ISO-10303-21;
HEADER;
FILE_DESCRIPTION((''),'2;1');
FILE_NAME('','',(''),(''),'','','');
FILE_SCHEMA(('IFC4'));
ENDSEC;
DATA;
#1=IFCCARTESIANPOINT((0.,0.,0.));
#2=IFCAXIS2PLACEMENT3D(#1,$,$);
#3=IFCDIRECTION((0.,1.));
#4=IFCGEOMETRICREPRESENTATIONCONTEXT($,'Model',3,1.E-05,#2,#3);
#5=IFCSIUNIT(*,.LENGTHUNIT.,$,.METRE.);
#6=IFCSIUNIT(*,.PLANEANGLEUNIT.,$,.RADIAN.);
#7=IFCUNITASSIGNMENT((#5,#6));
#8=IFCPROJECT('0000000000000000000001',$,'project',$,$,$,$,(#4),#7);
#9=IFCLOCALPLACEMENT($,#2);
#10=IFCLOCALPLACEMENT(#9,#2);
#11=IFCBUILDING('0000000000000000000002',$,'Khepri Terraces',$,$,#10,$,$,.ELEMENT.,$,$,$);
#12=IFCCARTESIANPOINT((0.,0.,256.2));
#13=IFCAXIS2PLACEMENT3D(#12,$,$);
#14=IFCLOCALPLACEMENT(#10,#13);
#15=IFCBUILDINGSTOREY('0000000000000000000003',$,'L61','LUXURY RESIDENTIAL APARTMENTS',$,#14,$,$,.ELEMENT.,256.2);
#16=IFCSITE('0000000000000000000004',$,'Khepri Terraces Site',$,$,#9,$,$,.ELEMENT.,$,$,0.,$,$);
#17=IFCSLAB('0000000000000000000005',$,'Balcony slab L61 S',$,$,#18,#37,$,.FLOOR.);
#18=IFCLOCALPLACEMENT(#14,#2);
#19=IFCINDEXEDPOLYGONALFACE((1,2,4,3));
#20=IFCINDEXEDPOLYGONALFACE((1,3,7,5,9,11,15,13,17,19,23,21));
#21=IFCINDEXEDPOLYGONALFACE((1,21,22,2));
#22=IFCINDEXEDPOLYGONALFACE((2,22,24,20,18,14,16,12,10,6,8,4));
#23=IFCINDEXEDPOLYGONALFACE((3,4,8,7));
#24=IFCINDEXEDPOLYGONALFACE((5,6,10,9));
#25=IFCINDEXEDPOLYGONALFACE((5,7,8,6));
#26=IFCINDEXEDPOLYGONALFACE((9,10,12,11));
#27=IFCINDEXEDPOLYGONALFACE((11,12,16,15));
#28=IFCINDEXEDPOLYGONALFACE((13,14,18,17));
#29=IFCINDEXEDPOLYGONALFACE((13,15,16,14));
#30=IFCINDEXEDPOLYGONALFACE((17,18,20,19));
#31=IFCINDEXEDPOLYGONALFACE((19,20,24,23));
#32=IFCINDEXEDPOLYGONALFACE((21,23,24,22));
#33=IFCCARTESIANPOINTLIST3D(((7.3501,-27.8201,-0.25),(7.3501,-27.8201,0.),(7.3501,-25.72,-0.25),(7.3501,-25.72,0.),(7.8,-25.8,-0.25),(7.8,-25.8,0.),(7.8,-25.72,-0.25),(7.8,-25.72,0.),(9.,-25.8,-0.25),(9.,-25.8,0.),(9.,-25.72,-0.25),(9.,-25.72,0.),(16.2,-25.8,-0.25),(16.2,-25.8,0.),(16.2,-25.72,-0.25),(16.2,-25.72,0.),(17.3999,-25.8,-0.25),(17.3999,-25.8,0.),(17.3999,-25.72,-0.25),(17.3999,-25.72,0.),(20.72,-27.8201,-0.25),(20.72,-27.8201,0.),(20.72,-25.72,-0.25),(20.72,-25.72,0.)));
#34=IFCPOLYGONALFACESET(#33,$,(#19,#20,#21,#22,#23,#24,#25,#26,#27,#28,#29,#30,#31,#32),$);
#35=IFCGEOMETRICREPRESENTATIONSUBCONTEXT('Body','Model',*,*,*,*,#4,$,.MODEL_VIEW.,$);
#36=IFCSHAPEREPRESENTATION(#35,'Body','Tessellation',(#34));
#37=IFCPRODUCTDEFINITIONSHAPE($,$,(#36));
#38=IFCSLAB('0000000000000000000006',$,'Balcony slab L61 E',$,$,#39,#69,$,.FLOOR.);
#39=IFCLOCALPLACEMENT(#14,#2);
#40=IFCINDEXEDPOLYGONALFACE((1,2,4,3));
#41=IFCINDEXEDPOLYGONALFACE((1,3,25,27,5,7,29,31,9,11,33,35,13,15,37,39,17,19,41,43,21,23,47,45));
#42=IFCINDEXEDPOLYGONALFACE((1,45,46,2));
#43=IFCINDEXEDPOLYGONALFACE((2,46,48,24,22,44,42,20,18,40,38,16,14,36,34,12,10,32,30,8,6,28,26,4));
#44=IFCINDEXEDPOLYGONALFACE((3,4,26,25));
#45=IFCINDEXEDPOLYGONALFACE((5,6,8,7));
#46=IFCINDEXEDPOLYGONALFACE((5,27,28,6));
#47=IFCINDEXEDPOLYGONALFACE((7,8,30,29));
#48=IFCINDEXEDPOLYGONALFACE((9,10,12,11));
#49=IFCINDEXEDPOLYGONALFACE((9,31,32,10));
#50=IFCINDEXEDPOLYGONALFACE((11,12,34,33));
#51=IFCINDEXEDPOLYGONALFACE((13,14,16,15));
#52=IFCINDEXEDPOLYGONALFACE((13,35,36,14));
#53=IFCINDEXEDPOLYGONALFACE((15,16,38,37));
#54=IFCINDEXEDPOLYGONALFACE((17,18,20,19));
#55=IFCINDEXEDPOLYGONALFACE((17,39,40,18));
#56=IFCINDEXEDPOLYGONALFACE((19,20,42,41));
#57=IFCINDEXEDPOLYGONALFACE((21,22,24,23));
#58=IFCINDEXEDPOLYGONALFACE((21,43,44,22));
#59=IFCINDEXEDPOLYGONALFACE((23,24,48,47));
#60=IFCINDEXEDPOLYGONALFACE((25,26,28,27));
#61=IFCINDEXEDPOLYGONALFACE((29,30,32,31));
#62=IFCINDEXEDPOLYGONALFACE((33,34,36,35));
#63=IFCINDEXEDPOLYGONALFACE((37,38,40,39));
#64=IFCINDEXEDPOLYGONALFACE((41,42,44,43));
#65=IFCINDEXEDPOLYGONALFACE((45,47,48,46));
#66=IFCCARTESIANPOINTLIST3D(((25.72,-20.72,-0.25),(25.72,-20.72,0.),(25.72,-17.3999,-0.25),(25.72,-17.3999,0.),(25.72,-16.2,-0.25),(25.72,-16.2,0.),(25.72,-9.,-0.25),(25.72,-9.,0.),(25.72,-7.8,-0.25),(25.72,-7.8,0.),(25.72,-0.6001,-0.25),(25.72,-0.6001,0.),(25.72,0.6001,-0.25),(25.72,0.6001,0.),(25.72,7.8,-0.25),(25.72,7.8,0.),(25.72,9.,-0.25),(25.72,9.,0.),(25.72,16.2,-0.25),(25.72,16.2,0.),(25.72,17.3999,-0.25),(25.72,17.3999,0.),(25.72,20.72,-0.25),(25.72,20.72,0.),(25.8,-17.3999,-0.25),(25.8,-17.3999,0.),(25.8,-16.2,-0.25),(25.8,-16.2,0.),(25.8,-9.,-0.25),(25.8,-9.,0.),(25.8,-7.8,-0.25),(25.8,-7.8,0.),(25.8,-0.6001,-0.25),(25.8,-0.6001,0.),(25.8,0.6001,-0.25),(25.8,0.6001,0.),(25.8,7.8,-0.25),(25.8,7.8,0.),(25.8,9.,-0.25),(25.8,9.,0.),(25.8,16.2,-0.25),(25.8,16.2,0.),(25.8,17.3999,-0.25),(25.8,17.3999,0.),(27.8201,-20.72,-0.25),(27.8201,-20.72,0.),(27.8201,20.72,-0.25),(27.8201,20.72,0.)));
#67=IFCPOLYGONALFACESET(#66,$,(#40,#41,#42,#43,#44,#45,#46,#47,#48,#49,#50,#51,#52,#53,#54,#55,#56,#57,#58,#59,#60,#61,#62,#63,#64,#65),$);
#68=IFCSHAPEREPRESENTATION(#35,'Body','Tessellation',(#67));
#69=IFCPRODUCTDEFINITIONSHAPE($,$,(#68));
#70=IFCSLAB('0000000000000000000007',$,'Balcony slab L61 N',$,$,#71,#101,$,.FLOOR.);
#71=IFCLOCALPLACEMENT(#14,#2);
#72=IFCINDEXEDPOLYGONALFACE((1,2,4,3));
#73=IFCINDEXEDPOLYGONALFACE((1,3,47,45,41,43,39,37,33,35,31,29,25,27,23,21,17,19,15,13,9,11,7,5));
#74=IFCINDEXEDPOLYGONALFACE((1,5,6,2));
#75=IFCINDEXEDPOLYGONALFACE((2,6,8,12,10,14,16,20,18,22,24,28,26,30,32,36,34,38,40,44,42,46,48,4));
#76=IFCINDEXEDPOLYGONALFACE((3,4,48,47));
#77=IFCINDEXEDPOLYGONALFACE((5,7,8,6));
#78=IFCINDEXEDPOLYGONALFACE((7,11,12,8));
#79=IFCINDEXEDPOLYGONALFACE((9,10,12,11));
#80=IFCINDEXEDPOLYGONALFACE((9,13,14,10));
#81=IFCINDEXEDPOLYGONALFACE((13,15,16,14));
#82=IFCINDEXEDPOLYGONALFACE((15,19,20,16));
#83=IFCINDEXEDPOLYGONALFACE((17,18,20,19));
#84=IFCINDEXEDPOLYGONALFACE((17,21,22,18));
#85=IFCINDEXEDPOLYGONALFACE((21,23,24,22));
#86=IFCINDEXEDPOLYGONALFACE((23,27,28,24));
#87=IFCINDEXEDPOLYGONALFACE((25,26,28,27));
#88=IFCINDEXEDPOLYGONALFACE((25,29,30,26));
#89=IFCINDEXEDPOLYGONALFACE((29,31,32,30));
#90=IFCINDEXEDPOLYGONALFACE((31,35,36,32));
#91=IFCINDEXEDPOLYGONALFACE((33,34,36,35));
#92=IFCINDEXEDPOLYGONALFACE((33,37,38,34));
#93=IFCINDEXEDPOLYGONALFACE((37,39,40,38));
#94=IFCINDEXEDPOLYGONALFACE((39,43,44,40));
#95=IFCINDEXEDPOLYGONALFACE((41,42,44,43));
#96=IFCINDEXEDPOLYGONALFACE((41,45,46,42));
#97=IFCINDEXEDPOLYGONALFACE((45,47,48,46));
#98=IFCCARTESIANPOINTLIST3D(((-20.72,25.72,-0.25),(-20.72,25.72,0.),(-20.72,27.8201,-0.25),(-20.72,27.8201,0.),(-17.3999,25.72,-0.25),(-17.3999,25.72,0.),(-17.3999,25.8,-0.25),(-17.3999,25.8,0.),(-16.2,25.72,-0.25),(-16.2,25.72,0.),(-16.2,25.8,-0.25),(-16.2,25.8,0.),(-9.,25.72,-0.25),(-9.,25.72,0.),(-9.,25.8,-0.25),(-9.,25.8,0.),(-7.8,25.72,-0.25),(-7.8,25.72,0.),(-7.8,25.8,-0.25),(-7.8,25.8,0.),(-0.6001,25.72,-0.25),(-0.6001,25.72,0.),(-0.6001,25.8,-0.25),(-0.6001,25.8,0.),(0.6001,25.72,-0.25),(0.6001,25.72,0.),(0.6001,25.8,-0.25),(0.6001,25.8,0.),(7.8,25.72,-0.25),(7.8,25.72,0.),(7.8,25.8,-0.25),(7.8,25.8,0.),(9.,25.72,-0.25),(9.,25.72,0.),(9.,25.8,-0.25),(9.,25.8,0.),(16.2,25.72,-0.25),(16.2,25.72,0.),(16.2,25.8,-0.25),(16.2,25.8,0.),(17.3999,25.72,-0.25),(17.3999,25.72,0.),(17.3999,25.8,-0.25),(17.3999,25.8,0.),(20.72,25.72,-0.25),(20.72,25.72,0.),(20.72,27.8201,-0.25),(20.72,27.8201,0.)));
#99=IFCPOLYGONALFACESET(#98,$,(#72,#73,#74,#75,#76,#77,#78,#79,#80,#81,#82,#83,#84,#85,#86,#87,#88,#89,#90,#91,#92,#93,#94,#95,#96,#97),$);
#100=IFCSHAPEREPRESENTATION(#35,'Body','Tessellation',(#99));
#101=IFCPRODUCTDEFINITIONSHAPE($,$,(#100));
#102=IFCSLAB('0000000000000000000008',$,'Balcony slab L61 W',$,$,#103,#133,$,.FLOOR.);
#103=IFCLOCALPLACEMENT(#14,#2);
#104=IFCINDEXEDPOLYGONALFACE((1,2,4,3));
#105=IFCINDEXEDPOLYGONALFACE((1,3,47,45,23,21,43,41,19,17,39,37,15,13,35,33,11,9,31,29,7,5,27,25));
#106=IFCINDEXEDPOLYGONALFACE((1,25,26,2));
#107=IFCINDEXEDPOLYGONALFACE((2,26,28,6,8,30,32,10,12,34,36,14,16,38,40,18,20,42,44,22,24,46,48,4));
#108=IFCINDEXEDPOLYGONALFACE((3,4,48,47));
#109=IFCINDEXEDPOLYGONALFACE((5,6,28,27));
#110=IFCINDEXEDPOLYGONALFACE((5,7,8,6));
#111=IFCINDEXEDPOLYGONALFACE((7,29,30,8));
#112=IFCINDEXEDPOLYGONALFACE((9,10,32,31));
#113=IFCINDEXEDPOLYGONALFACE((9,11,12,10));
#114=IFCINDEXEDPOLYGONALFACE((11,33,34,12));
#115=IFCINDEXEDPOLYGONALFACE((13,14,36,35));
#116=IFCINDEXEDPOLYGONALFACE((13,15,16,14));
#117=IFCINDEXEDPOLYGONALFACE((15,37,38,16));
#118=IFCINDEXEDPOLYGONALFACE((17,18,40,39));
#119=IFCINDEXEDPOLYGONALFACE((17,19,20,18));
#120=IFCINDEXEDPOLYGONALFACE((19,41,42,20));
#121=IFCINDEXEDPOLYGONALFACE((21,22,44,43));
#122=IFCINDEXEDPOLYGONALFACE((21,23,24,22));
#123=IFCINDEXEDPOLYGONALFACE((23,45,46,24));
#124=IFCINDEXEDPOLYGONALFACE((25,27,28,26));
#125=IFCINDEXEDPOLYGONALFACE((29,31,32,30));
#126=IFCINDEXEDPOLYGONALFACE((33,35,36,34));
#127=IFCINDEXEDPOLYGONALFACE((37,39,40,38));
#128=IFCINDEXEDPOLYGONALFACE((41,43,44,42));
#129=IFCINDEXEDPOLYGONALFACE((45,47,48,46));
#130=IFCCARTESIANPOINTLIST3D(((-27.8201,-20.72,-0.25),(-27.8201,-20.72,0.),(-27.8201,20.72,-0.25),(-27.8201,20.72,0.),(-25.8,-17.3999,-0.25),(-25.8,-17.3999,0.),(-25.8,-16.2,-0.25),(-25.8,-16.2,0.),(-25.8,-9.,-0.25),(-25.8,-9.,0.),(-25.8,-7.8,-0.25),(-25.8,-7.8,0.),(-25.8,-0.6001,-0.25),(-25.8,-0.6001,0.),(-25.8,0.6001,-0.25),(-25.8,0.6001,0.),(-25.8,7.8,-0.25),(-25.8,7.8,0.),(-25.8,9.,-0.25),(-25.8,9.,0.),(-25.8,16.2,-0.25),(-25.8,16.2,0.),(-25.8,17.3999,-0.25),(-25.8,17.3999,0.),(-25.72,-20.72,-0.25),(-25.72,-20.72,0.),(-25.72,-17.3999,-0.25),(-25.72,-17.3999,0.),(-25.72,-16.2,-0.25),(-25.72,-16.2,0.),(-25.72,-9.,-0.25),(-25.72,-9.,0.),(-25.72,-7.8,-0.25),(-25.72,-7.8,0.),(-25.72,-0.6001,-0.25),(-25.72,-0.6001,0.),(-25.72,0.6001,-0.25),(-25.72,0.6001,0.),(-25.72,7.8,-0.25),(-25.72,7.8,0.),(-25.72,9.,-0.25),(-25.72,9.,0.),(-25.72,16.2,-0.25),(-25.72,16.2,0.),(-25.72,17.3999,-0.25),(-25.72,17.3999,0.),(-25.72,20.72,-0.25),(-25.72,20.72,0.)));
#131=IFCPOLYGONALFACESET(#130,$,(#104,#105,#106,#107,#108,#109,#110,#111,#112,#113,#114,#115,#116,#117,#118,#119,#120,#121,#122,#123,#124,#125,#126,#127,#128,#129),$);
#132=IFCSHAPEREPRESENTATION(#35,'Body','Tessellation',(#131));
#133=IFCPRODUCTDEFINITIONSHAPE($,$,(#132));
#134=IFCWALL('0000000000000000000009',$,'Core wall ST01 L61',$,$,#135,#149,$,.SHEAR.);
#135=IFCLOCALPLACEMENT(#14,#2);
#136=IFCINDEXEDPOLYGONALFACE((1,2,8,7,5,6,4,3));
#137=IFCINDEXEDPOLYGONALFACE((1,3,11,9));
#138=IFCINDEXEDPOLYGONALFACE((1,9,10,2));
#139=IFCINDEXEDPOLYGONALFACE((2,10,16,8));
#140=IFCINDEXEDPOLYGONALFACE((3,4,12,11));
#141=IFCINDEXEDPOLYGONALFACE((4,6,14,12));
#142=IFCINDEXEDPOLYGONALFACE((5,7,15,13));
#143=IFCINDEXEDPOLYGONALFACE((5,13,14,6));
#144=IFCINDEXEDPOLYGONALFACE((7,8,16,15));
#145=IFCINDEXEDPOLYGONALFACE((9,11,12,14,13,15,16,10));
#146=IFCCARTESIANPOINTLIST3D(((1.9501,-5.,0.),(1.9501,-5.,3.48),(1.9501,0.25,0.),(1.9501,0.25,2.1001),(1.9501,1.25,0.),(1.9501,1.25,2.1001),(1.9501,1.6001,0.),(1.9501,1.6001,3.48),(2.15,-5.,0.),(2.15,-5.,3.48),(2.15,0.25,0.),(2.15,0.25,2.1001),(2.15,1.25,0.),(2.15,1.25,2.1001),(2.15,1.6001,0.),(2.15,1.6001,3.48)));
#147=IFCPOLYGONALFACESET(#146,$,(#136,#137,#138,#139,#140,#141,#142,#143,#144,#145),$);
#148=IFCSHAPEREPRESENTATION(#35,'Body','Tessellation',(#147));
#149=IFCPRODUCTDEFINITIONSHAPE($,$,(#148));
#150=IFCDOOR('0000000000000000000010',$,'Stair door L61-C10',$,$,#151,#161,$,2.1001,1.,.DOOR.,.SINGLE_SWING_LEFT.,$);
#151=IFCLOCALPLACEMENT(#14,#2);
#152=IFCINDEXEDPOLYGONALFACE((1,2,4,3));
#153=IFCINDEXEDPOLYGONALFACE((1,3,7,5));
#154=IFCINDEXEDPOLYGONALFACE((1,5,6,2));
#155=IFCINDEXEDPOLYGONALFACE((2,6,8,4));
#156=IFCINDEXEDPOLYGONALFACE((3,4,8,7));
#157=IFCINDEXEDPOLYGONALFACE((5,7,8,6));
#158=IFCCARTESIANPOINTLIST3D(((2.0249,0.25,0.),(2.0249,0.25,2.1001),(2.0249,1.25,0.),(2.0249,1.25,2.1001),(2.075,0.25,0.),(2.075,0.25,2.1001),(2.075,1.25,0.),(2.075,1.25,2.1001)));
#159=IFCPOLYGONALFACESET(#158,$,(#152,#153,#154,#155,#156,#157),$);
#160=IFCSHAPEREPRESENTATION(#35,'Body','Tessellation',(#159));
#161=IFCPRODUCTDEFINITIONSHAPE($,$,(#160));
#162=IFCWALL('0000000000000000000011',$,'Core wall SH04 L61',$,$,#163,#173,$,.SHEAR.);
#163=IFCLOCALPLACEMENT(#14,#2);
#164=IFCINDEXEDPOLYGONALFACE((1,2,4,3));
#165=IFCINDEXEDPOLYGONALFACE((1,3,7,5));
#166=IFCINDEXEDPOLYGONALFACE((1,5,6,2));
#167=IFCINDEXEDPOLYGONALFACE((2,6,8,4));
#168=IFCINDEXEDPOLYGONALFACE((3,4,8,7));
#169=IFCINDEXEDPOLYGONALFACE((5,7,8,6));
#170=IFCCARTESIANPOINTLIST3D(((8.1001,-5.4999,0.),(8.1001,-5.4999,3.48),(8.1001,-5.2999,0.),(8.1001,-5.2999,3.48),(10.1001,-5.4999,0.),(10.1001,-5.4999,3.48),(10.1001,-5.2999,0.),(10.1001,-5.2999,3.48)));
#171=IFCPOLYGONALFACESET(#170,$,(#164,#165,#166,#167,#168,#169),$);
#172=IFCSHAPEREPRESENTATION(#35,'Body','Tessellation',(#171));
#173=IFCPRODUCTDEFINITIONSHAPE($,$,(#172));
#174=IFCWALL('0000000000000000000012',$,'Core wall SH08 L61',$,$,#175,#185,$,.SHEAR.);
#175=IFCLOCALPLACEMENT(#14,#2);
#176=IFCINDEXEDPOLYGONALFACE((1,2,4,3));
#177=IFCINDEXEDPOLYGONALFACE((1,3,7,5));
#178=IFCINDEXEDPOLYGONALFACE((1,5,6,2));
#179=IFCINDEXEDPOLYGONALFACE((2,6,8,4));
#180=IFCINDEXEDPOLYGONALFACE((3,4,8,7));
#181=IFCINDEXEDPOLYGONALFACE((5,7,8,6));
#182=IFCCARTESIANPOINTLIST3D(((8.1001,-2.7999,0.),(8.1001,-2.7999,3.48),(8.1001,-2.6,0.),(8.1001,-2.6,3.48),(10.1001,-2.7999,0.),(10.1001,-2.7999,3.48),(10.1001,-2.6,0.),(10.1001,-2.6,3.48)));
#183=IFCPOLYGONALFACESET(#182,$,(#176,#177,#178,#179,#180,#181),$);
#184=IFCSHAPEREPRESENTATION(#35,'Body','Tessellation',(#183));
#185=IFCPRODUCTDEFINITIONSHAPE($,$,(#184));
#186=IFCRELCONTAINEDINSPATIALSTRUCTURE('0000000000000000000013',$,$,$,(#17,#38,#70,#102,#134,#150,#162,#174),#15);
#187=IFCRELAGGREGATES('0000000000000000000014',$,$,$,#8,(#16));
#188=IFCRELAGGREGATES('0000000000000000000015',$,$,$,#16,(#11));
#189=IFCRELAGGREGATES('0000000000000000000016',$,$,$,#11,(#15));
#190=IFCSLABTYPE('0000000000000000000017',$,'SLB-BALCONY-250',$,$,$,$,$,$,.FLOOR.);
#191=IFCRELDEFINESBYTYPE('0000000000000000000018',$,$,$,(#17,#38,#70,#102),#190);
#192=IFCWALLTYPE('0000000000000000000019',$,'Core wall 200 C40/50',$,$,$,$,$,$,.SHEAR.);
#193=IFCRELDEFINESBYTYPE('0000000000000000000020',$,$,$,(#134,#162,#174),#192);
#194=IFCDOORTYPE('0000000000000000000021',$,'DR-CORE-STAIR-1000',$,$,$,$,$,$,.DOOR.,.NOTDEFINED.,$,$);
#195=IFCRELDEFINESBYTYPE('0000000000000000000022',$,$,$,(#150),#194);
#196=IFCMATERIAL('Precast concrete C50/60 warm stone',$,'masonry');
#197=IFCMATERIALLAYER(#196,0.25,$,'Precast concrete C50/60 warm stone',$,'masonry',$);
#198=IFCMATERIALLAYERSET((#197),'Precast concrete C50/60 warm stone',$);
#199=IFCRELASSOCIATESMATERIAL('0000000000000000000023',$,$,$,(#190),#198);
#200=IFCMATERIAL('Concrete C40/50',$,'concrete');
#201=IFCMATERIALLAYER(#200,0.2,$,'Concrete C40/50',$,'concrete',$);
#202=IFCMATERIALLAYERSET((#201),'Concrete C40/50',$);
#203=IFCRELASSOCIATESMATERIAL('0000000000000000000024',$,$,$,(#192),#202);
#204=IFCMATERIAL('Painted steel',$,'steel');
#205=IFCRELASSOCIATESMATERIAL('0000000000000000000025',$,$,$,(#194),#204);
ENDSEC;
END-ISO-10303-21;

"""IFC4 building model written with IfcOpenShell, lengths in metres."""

from ifc_helpers import new_model, si_unit, direction, frame, frame_2d, origin, place, context, subcontext, project, spatial, polyline, rectangle, outline, extrude, material, layer, layer_set, type_object, element, fill, save


model = new_model("IFC4")

# Units and contexts
model_context = context("Model", 3, precision=1e-05, world=origin(), true_north=direction((0.0, 1.0)))
body_context = subcontext(model_context, "Body", "Model", "MODEL_VIEW")
ifc_project = project(units=[si_unit("LENGTHUNIT", "METRE"), si_unit("PLANEANGLEUNIT", "RADIAN")], contexts=[model_context])

# Site, building, storey
site_placement = place(None, origin())
site = spatial("IfcSite", under=ifc_project, at=site_placement, Name="Khepri Terraces Site", CompositionType="ELEMENT", RefElevation=0.0)
building_placement = place(site_placement, origin())
building = spatial("IfcBuilding", under=site, at=building_placement, Name="Khepri Terraces", CompositionType="ELEMENT")
storey_placement = place(building_placement, frame((0.0, 0.0, 256.2)))
storey = spatial("IfcBuildingStorey", under=building, at=storey_placement, Name="L61", Description="LUXURY RESIDENTIAL APARTMENTS", CompositionType="ELEMENT", Elevation=256.2)

# Slabs
ifc_material_1 = material(Name="Precast concrete C50/60 warm stone", Category="masonry")
ifc_layer_1 = layer(ifc_material_1, 0.25, Name="Precast concrete C50/60 warm stone", Category="masonry")
ifc_layer_set_1 = layer_set([ifc_layer_1], Name="Precast concrete C50/60 warm stone")
slab_type = type_object("IfcSlabType", Name="SLB-BALCONY-250", PredefinedType="FLOOR", material=ifc_layer_set_1)
slab_1_placement = place(storey_placement, frame((0.0, 0.0, -0.25)))
element("IfcSlab", 1, at=slab_1_placement, inside=storey, type_object=slab_type, Name="Balcony slab L61 S", PredefinedType="FLOOR", context=body_context, shape_type="SweptSolid", body=[
    extrude(outline(polyline([(7.8, -25.72), (7.3501, -25.72), (7.3501, -27.8201), (20.72, -27.8201), (20.72, -25.72), (17.3999, -25.72), (17.3999, -25.8), (16.2, -25.8), (16.2, -25.72), (9.0, -25.72), (9.0, -25.8), (7.8, -25.8), (7.8, -25.72)])), origin(), (0.0, 0.0, 1.0), 0.25),
])
slab_2_placement = place(storey_placement, frame((0.0, 0.0, -0.25)))
element("IfcSlab", 2, at=slab_2_placement, inside=storey, type_object=slab_type, Name="Balcony slab L61 E", PredefinedType="FLOOR", context=body_context, shape_type="SweptSolid", body=[
    extrude(outline(polyline([(25.72, -17.3999), (25.72, -20.72), (27.8201, -20.72), (27.8201, 20.72), (25.72, 20.72), (25.72, 17.3999), (25.8, 17.3999), (25.8, 16.2), (25.72, 16.2), (25.72, 9.0), (25.8, 9.0), (25.8, 7.8), (25.72, 7.8), (25.72, 0.6001), (25.8, 0.6001), (25.8, -0.6001), (25.72, -0.6001), (25.72, -7.8), (25.8, -7.8), (25.8, -9.0), (25.72, -9.0), (25.72, -16.2), (25.8, -16.2), (25.8, -17.3999), (25.72, -17.3999)])), origin(), (0.0, 0.0, 1.0), 0.25),
])
slab_3_placement = place(storey_placement, frame((0.0, 0.0, -0.25)))
element("IfcSlab", 3, at=slab_3_placement, inside=storey, type_object=slab_type, Name="Balcony slab L61 N", PredefinedType="FLOOR", context=body_context, shape_type="SweptSolid", body=[
    extrude(outline(polyline([(17.3999, 25.72), (20.72, 25.72), (20.72, 27.8201), (-20.72, 27.8201), (-20.72, 25.72), (-17.3999, 25.72), (-17.3999, 25.8), (-16.2, 25.8), (-16.2, 25.72), (-9.0, 25.72), (-9.0, 25.8), (-7.8, 25.8), (-7.8, 25.72), (-0.6001, 25.72), (-0.6001, 25.8), (0.6001, 25.8), (0.6001, 25.72), (7.8, 25.72), (7.8, 25.8), (9.0, 25.8), (9.0, 25.72), (16.2, 25.72), (16.2, 25.8), (17.3999, 25.8), (17.3999, 25.72)])), origin(), (0.0, 0.0, 1.0), 0.25),
])
slab_4_placement = place(storey_placement, frame((0.0, 0.0, -0.25)))
element("IfcSlab", 4, at=slab_4_placement, inside=storey, type_object=slab_type, Name="Balcony slab L61 W", PredefinedType="FLOOR", context=body_context, shape_type="SweptSolid", body=[
    extrude(outline(polyline([(-25.72, 17.3999), (-25.72, 20.72), (-27.8201, 20.72), (-27.8201, -20.72), (-25.72, -20.72), (-25.72, -17.3999), (-25.8, -17.3999), (-25.8, -16.2), (-25.72, -16.2), (-25.72, -9.0), (-25.8, -9.0), (-25.8, -7.8), (-25.72, -7.8), (-25.72, -0.6001), (-25.8, -0.6001), (-25.8, 0.6001), (-25.72, 0.6001), (-25.72, 7.8), (-25.8, 7.8), (-25.8, 9.0), (-25.72, 9.0), (-25.72, 16.2), (-25.8, 16.2), (-25.8, 17.3999), (-25.72, 17.3999)])), origin(), (0.0, 0.0, 1.0), 0.25),
])

# Wall, opening, door
ifc_material_2 = material(Name="Concrete C40/50", Category="concrete")
ifc_layer_2 = layer(ifc_material_2, 0.2, Name="Concrete C40/50", Category="concrete")
ifc_layer_set_2 = layer_set([ifc_layer_2], Name="Concrete C40/50")
wall_type_1 = type_object("IfcWallType", Name="Core wall 200 C40/50", PredefinedType="SHEAR", material=ifc_layer_set_2)
wall_1_placement = place(storey_placement, frame((2.05, -5.0, 0.0), z_axis=(0.0, 0.0, 1.0), x_axis=(0.0, 1.0, 0.0)))
wall_1 = element("IfcWall", 5, at=wall_1_placement, inside=storey, type_object=wall_type_1, Name="Core wall ST01 L61", PredefinedType="SHEAR", context=body_context, shape_type="SweptSolid", body=[
    extrude(rectangle(XDim=6.6001, YDim=0.2, at=frame_2d((3.3, 0.0))), origin(), (0.0, 0.0, 1.0), 3.48),
])
opening_placement = place(wall_1_placement, frame((5.25, 0.0, 0.0)))
opening = element("IfcOpeningElement", 6, at=opening_placement, cuts=wall_1, PredefinedType="OPENING", context=body_context, shape_type="SweptSolid", body=[
    extrude(rectangle(XDim=1.0, YDim=2.1001, at=frame_2d((0.5, 1.05))), frame((0.0, 0.1099, 0.0), z_axis=(0.0, -1.0, 0.0), x_axis=(1.0, 0.0, 0.0)), (0.0, 0.0, 1.0), 0.22),
])
ifc_material_3 = material(Name="Painted steel", Category="steel")
door_type = type_object("IfcDoorType", Name="DR-CORE-STAIR-1000", OperationType="NOTDEFINED", PredefinedType="DOOR", material=ifc_material_3)
door_placement = place(opening_placement, frame((1.0, 0.0, 0.0), z_axis=(0.0, 0.0, 1.0), x_axis=(-1.0, 0.0, 0.0)))
door = element("IfcDoor", 7, at=door_placement, inside=storey, type_object=door_type, Name="Stair door L61-C10", OperationType="SINGLE_SWING_LEFT", OverallHeight=2.1001, OverallWidth=1.0, PredefinedType="DOOR", context=body_context, shape_type="SweptSolid", body=[
    extrude(rectangle(XDim=1.0, YDim=2.1001, at=frame_2d((0.5, 1.05))), frame((0.0, 0.0249, 0.0), z_axis=(0.0, -1.0, 0.0), x_axis=(1.0, 0.0, 0.0)), (0.0, 0.0, 1.0), 0.05),
])
fill(opening, door)

# Walls
for number, where, z_axis, x_axis, name in (
    (8, (8.1001, -5.3999, 0.0), (0.0, 0.0, 1.0), (1.0, 0.0, 0.0), "Core wall SH04 L61"),
    (9, (8.1001, -2.7, 0.0), (0.0, 0.0, 1.0), (1.0, 0.0, 0.0), "Core wall SH08 L61"),
):
    element("IfcWall", number, at=place(storey_placement, frame(where, z_axis=z_axis, x_axis=x_axis)), inside=storey, type_object=wall_type_1, Name=name, PredefinedType="SHEAR", context=body_context, shape_type="SweptSolid", body=[
        extrude(rectangle(XDim=2.0, YDim=0.2, at=frame_2d((1.0, 0.0))), origin(), (0.0, 0.0, 1.0), 3.48),
    ])

save(model, "model.ifc")
